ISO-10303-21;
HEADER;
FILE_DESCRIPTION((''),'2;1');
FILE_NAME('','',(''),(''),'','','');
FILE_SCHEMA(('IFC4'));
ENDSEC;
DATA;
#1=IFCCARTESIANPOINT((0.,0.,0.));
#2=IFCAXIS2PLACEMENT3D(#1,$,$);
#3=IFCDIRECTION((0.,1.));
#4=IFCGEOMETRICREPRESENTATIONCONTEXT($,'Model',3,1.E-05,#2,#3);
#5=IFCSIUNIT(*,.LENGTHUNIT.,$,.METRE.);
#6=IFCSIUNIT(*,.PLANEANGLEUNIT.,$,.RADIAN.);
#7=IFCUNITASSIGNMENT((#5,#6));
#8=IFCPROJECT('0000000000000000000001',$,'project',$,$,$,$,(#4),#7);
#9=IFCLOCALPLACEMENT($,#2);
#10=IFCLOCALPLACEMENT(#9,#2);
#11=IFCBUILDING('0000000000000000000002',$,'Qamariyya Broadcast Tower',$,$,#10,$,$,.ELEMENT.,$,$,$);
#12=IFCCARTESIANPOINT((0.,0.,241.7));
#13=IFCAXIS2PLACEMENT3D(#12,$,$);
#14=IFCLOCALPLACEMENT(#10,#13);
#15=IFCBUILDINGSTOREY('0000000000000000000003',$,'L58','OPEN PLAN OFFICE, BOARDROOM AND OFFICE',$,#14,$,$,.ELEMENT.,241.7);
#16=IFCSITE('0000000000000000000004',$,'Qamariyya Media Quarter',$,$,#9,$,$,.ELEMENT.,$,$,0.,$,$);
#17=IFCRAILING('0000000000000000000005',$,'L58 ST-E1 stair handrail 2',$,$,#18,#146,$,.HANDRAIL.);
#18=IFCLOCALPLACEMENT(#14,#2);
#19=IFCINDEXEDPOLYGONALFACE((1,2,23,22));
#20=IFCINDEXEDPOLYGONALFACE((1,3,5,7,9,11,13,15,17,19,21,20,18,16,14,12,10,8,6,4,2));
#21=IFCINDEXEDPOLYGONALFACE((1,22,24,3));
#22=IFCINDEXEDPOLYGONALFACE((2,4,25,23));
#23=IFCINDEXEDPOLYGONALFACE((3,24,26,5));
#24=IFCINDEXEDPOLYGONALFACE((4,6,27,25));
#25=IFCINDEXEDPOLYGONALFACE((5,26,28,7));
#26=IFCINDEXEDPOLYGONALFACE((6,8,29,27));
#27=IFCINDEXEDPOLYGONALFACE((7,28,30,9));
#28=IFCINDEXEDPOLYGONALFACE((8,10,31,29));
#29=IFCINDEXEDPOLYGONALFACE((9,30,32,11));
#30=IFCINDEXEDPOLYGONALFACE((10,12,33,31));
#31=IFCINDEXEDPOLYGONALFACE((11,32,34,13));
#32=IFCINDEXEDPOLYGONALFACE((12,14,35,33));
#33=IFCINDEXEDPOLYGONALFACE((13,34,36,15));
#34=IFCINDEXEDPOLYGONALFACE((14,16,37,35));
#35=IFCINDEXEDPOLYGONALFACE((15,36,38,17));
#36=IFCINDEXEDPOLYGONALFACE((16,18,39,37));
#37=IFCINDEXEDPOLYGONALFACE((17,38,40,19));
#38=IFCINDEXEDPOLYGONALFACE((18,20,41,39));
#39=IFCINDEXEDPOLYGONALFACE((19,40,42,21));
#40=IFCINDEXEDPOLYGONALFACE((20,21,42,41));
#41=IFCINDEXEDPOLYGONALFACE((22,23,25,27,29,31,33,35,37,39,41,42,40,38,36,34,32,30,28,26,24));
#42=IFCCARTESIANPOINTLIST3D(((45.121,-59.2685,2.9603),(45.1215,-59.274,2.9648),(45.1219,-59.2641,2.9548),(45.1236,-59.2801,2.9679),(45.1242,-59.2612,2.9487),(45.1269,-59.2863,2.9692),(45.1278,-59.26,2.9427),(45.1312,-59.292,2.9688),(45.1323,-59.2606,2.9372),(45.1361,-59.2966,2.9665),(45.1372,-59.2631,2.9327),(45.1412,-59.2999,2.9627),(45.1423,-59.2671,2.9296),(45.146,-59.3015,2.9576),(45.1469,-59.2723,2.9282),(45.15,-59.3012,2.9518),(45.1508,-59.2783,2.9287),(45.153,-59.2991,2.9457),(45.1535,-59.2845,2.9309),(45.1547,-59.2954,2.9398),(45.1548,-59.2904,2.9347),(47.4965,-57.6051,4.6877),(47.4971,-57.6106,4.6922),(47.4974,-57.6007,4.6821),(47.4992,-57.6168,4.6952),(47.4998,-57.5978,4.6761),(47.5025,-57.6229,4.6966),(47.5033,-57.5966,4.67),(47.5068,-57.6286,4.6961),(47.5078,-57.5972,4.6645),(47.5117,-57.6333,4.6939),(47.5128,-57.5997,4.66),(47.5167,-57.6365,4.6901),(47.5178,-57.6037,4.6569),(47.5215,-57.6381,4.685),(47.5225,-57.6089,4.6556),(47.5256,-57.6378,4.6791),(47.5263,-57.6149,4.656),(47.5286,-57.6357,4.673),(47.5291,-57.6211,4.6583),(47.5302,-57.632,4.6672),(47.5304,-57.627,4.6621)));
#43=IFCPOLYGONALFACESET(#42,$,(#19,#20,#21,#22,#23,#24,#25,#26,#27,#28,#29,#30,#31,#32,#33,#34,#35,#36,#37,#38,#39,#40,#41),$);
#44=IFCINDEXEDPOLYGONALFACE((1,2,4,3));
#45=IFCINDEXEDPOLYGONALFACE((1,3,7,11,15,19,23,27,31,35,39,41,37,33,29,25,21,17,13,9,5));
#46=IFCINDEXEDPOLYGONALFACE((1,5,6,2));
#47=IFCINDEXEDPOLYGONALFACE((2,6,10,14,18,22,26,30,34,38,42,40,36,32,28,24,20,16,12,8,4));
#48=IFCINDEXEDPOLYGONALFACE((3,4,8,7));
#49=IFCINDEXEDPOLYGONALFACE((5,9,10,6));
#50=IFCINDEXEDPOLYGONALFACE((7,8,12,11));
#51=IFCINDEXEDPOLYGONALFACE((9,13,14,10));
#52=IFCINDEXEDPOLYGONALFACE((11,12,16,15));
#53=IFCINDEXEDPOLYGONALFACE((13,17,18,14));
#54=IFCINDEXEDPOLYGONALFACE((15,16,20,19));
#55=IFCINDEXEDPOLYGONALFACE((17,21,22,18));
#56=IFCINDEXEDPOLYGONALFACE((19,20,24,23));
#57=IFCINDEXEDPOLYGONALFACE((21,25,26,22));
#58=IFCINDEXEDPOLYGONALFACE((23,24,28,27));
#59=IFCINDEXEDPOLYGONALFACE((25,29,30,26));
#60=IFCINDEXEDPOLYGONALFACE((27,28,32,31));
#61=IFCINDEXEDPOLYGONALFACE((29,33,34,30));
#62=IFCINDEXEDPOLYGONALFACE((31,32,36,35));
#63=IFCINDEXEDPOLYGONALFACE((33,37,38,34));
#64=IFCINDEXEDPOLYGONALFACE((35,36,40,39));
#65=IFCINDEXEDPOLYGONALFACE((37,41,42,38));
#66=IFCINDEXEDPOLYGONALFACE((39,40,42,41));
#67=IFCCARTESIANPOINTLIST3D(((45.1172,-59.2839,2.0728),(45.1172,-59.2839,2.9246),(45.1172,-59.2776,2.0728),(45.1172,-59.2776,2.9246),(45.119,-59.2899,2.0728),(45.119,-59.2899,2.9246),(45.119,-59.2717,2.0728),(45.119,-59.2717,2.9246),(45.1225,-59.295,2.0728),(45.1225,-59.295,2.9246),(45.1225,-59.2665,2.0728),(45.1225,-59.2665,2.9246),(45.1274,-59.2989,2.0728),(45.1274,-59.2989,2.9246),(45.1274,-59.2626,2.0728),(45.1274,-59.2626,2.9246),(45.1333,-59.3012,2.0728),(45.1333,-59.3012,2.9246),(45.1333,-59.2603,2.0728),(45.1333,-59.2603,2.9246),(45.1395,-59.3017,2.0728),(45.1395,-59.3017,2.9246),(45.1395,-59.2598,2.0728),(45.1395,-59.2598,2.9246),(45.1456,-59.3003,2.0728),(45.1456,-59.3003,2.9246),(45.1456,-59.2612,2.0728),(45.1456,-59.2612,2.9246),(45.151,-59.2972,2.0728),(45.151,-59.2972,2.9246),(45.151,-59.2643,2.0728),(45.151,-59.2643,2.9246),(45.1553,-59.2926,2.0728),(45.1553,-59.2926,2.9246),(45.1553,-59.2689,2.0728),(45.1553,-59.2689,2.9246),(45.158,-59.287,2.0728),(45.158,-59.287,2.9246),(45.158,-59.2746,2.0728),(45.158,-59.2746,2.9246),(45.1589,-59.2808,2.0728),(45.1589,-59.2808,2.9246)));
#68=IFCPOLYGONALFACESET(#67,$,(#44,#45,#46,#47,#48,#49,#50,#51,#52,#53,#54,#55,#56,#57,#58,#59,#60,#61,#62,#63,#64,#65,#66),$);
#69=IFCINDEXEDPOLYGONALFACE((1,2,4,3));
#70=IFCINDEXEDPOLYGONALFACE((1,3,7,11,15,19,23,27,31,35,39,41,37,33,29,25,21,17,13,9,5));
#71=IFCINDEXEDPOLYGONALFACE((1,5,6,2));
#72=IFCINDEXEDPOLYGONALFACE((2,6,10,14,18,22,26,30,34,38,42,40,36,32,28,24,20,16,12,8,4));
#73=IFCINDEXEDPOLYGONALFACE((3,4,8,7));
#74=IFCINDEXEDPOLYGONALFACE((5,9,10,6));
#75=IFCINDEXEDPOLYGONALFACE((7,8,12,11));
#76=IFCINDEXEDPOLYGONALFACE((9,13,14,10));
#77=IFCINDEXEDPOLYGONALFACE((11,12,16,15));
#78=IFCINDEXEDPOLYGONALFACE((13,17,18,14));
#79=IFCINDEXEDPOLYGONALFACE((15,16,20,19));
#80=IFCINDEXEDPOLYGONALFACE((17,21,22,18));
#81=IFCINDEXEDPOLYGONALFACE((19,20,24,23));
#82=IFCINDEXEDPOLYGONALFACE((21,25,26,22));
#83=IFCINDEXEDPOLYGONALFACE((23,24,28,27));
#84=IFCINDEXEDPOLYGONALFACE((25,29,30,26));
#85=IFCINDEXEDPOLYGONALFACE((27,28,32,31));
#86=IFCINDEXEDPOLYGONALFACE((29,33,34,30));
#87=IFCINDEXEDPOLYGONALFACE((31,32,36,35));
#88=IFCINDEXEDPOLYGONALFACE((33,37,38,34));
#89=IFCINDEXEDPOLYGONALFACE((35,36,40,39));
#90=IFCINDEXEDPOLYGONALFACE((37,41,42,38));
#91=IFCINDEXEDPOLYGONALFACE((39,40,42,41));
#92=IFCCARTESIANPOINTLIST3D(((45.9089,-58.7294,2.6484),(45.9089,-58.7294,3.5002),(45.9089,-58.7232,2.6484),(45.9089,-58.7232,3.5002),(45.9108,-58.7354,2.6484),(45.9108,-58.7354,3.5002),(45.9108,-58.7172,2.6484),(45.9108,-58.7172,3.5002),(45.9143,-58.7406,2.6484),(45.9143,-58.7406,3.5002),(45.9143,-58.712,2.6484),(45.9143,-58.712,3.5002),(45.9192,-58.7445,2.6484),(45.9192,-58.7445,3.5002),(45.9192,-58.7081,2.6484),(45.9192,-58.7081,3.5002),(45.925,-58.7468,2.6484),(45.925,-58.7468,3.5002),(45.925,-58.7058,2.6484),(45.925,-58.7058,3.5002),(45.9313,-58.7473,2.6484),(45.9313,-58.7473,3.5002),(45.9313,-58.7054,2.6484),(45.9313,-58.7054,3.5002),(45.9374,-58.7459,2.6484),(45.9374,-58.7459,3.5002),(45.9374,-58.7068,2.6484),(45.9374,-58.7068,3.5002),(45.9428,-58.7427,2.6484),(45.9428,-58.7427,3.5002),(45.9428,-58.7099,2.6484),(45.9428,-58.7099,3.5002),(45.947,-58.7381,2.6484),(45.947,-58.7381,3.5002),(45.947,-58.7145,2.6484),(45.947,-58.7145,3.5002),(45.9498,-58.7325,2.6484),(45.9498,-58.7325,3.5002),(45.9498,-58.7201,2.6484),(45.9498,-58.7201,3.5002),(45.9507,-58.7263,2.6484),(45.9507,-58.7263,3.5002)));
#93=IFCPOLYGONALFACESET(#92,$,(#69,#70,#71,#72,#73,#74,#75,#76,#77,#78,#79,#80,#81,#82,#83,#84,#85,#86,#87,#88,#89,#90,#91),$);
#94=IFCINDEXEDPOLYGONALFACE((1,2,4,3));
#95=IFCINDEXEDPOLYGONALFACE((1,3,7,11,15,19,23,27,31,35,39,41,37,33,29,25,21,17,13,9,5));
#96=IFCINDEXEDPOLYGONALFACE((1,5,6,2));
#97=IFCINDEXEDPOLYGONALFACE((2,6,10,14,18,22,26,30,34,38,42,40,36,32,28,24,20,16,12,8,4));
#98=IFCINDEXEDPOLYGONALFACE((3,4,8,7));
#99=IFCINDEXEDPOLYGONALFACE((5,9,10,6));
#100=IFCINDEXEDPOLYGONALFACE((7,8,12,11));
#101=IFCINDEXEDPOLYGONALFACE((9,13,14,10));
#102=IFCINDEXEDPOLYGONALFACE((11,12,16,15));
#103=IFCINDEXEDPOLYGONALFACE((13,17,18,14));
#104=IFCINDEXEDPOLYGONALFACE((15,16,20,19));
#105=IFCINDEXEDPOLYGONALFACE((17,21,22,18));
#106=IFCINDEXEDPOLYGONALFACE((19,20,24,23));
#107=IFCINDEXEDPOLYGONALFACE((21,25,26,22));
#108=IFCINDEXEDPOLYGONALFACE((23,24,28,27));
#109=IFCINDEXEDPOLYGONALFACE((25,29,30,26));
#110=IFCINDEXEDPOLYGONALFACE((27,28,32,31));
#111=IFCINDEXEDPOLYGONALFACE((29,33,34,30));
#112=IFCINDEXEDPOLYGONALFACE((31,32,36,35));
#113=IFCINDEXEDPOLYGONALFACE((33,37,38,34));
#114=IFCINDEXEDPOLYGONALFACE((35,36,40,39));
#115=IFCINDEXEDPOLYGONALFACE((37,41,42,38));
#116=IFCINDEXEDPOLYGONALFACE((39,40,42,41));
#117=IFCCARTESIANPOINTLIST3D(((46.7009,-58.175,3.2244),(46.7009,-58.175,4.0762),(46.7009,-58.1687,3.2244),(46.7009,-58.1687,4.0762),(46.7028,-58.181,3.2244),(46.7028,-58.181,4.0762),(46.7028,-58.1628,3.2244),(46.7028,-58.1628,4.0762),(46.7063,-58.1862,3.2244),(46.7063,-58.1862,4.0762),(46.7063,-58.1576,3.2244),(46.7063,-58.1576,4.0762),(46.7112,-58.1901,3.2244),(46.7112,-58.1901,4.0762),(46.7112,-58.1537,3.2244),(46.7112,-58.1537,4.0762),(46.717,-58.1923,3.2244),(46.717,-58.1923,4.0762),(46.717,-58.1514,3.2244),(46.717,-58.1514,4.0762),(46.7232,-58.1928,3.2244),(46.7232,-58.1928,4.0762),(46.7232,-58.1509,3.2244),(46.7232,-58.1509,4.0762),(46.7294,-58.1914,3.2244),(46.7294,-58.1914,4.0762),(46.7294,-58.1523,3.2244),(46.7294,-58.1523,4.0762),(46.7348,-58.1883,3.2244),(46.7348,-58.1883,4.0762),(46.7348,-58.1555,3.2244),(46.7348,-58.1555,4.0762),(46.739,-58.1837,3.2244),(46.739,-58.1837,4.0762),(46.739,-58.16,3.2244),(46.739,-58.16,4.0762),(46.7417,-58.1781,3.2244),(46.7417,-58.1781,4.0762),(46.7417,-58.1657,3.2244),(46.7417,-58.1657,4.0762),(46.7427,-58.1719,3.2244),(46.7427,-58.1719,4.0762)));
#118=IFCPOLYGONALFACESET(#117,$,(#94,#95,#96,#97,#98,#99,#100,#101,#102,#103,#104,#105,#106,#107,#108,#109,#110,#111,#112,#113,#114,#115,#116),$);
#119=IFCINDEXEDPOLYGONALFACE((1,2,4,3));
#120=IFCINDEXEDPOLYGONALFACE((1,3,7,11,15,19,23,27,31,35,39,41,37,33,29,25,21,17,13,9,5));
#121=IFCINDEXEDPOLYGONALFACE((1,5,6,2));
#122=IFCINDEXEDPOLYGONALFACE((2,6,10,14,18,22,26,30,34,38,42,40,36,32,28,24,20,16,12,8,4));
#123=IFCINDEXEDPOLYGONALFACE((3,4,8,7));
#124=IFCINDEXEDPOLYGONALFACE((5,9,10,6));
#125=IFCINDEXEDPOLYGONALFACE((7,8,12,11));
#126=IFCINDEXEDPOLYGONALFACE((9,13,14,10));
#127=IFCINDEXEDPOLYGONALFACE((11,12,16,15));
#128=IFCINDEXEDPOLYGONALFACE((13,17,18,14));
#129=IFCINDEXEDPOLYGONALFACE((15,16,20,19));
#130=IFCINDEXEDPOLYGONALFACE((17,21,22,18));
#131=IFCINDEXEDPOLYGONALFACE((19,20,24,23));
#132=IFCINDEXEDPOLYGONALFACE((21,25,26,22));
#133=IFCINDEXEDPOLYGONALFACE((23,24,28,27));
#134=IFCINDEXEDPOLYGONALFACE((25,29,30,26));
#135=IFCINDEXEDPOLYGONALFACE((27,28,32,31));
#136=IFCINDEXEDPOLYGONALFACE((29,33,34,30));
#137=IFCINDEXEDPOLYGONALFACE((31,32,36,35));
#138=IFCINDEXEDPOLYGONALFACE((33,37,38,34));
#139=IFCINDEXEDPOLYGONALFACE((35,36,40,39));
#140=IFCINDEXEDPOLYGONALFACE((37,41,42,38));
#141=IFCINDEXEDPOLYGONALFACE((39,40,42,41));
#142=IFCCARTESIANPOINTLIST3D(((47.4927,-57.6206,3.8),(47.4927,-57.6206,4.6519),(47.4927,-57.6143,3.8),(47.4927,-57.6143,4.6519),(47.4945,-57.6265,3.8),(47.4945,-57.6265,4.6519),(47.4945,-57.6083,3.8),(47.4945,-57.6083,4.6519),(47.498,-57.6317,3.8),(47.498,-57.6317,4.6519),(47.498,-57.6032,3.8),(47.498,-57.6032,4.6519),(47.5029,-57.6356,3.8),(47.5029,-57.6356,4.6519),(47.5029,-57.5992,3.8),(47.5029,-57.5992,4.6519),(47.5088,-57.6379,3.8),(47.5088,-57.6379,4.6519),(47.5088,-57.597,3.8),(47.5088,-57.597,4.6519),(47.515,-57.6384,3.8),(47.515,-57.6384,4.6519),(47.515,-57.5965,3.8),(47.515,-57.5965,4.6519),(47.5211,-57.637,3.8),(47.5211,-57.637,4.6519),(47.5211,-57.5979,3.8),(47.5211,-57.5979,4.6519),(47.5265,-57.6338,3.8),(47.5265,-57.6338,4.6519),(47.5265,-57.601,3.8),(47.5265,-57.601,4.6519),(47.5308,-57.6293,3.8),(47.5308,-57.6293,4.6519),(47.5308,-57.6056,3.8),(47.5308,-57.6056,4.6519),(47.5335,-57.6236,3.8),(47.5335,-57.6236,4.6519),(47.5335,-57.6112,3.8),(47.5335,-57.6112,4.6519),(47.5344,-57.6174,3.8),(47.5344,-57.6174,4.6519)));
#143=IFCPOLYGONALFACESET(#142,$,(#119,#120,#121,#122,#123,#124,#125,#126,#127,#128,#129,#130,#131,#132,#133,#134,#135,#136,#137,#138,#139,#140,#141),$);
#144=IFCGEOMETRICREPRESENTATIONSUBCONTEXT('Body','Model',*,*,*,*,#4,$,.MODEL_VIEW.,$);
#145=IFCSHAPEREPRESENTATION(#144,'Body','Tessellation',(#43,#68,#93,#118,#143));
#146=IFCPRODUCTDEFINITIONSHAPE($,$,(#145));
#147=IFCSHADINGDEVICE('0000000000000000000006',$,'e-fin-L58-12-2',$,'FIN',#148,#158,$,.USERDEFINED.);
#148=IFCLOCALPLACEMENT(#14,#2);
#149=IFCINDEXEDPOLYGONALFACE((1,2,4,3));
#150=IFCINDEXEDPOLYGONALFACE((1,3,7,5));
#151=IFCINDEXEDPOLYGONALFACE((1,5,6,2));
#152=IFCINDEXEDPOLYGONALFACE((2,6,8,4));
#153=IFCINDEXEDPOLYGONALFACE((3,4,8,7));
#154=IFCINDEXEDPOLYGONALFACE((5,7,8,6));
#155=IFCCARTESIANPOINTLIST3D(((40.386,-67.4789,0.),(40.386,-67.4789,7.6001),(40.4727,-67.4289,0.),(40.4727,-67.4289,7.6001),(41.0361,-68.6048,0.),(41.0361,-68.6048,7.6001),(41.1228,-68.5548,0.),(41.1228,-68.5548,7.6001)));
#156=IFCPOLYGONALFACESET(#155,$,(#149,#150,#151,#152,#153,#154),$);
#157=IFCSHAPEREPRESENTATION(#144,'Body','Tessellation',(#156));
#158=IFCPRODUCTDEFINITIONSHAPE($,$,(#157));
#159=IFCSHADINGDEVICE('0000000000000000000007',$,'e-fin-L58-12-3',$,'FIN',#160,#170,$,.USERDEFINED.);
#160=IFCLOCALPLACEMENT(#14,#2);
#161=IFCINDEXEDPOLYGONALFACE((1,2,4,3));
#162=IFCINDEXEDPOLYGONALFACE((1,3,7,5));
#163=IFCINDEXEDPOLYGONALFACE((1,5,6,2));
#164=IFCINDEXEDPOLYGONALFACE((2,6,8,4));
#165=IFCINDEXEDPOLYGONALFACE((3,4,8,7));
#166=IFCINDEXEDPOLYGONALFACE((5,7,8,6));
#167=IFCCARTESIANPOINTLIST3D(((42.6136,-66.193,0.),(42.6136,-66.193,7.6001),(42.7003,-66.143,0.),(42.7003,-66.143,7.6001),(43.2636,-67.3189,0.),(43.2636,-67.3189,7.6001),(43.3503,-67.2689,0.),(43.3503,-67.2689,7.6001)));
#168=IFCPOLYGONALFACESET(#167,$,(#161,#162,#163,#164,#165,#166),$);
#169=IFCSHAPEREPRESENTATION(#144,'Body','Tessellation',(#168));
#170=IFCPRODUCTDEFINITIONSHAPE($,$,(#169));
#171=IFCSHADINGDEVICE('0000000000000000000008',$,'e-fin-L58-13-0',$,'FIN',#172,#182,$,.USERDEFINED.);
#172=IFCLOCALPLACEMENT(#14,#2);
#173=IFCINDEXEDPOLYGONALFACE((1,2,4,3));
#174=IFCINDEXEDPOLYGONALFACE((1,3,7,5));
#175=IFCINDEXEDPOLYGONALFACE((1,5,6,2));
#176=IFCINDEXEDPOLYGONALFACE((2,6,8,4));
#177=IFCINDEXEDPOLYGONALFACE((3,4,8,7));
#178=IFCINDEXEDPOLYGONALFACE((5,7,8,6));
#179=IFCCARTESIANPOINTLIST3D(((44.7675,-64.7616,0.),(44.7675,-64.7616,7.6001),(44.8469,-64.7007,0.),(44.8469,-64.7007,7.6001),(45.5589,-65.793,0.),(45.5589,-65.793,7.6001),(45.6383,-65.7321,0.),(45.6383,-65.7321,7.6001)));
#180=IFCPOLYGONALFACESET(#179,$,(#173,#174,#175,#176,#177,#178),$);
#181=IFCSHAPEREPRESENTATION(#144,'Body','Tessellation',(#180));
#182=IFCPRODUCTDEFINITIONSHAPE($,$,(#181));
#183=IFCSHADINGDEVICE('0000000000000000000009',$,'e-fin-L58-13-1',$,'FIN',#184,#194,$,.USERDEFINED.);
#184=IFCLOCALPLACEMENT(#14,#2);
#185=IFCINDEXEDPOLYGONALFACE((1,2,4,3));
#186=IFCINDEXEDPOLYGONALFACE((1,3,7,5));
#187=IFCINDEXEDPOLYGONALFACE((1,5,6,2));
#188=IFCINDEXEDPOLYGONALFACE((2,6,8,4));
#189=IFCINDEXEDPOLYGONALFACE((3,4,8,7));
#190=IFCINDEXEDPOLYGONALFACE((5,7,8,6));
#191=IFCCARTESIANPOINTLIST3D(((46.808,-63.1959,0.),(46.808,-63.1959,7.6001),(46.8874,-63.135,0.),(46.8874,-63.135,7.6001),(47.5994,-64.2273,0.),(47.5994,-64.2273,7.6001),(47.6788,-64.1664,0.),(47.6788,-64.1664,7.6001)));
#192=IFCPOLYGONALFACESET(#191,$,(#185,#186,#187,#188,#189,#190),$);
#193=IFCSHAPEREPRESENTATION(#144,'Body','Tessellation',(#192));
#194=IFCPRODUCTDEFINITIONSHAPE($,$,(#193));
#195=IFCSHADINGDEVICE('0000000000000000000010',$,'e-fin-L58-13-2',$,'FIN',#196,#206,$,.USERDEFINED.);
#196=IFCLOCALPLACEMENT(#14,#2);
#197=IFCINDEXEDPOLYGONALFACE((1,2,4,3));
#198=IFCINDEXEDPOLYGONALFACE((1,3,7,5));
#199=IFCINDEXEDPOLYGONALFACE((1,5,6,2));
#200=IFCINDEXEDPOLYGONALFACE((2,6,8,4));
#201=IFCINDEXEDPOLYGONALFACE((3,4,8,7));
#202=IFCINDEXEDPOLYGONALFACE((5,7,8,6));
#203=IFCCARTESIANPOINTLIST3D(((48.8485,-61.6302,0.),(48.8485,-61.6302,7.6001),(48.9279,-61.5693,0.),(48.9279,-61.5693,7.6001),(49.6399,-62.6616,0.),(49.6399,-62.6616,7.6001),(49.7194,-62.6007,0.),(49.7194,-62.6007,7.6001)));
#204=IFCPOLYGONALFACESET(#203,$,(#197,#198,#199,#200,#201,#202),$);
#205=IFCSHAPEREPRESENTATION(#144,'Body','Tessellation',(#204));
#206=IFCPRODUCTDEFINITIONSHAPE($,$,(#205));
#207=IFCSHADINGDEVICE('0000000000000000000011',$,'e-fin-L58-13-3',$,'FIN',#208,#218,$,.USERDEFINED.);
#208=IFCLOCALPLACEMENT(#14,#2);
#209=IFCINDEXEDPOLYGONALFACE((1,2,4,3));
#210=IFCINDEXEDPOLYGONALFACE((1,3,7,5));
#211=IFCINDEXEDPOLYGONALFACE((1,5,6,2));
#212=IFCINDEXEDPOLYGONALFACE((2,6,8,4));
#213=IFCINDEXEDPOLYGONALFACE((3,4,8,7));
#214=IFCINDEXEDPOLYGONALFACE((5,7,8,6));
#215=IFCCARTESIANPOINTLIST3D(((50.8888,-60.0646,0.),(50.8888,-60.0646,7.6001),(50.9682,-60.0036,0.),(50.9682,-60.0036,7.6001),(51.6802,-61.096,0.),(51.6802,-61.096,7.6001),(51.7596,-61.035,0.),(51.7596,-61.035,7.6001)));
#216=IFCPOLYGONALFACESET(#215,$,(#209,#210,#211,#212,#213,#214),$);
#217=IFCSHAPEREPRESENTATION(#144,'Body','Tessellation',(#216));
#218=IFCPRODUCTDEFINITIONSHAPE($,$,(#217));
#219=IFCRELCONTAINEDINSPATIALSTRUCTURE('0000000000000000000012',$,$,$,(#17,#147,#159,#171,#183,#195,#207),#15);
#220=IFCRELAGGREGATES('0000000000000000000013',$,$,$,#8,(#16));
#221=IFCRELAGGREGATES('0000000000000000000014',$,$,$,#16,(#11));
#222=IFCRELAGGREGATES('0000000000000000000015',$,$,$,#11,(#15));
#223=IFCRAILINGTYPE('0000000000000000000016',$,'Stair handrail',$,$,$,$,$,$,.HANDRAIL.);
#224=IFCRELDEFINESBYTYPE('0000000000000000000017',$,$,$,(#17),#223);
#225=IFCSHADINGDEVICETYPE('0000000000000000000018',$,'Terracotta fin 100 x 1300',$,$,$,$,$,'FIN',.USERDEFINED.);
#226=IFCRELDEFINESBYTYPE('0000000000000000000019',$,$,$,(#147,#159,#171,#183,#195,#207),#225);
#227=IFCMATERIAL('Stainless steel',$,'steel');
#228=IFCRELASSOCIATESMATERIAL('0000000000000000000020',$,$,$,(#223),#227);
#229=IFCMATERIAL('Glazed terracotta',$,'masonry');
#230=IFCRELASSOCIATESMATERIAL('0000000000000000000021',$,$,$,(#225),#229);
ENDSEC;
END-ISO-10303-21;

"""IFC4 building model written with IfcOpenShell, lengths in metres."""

from ifc_helpers import new_model, si_unit, direction, frame, origin, origin_2d, place, context, subcontext, project, spatial, rectangle, circle, extrude, material, material_profile, profile_set, type_object, element, save


model = new_model("IFC4")

# Units and contexts
model_context = context("Model", 3, precision=1e-05, world=origin(), true_north=direction((0.0, 1.0)))
body_context = subcontext(model_context, "Body", "Model", "MODEL_VIEW")
ifc_project = project(units=[si_unit("LENGTHUNIT", "METRE"), si_unit("PLANEANGLEUNIT", "RADIAN")], contexts=[model_context])

# Site, building, storey
site_placement = place(None, origin())
site = spatial("IfcSite", under=ifc_project, at=site_placement, Name="Qamariyya Media Quarter", CompositionType="ELEMENT", RefElevation=0.0)
building_placement = place(site_placement, origin())
building = spatial("IfcBuilding", under=site, at=building_placement, Name="Qamariyya Broadcast Tower", CompositionType="ELEMENT")
storey_placement = place(building_placement, frame((0.0, 0.0, 241.7)))
storey = spatial("IfcBuildingStorey", under=building, at=storey_placement, Name="L58", Description="OPEN PLAN OFFICE, BOARDROOM AND OFFICE", CompositionType="ELEMENT", Elevation=241.7)

# Railing
ifc_material_1 = material(Name="Stainless steel", Category="steel")
railing_type_1 = type_object("IfcRailingType", Name="Stair handrail", PredefinedType="HANDRAIL", material=ifc_material_1)
railing_1_placement = place(storey_placement, frame((45.1379, -59.2808, 2.0728)))
element("IfcRailing", 1, at=railing_1_placement, inside=storey, type_object=railing_type_1, Name="L58 ST-E1 stair handrail 2", PredefinedType="HANDRAIL", context=body_context, shape_type="SweptSolid", body=[
    extrude(circle(Radius=0.0239, at=origin_2d()), frame((0.0, 0.0, 0.876), z_axis=(0.70377, 0.492784, 0.511734), x_axis=(-0.573575, 0.819153, 0.0)), (0.0, 0.0, 1.0), 3.3755),
    extrude(circle(Radius=0.021, at=origin_2d()), origin(), (0.0, 0.0, 1.0), 0.8518),
    extrude(circle(Radius=0.021, at=origin_2d()), frame((0.7917, 0.5544, 0.5757)), (0.0, 0.0, 1.0), 0.8518),
    extrude(circle(Radius=0.021, at=origin_2d()), frame((1.5837, 1.1089, 1.1516)), (0.0, 0.0, 1.0), 0.8518),
    extrude(circle(Radius=0.021, at=origin_2d()), frame((2.3755, 1.6633, 1.7273)), (0.0, 0.0, 1.0), 0.8518),
])

# Shading devices
ifc_material_2 = material(Name="Glazed terracotta", Category="masonry")
ifc_material_profile_1 = material_profile(ifc_material_2, rectangle(XDim=1.3, YDim=0.1001, at=origin_2d()))
ifc_profile_set_1 = profile_set([ifc_material_profile_1], Name="Glazed terracotta")
shading_device_type_1 = type_object("IfcShadingDeviceType", Name="Terracotta fin 100 x 1300", ElementType="FIN", PredefinedType="USERDEFINED", material=ifc_profile_set_1)
for number, where, z_axis, x_axis, name in (
    (2, (40.7544, -68.0168, 0.0), (0.0, 0.0, 1.0), (0.5, -0.866025, 0.0), "e-fin-L58-12-2"),
    (3, (42.9819, -66.731, 0.0), (0.0, 0.0, 1.0), (0.5, -0.866025, 0.0), "e-fin-L58-12-3"),
    (4, (45.2029, -65.2468, 0.0), (0.0, 0.0, 1.0), (0.608761, -0.793353, 0.0), "e-fin-L58-13-0"),
    (5, (47.2434, -63.6812, 0.0), (0.0, 0.0, 1.0), (0.608761, -0.793353, 0.0), "e-fin-L58-13-1"),
    (6, (49.2839, -62.1155, 0.0), (0.0, 0.0, 1.0), (0.608761, -0.793353, 0.0), "e-fin-L58-13-2"),
    (7, (51.3242, -60.5498, 0.0), (0.0, 0.0, 1.0), (0.608761, -0.793353, 0.0), "e-fin-L58-13-3"),
):
    element("IfcShadingDevice", number, at=place(storey_placement, frame(where, z_axis=z_axis, x_axis=x_axis)), inside=storey, type_object=shading_device_type_1, Name=name, ObjectType="FIN", PredefinedType="USERDEFINED", context=body_context, shape_type="SweptSolid", body=[
        extrude(rectangle(XDim=1.3, YDim=0.1001, at=origin_2d()), origin(), (0.0, 0.0, 1.0), 7.6001),
    ])

save(model, "model.ifc")
